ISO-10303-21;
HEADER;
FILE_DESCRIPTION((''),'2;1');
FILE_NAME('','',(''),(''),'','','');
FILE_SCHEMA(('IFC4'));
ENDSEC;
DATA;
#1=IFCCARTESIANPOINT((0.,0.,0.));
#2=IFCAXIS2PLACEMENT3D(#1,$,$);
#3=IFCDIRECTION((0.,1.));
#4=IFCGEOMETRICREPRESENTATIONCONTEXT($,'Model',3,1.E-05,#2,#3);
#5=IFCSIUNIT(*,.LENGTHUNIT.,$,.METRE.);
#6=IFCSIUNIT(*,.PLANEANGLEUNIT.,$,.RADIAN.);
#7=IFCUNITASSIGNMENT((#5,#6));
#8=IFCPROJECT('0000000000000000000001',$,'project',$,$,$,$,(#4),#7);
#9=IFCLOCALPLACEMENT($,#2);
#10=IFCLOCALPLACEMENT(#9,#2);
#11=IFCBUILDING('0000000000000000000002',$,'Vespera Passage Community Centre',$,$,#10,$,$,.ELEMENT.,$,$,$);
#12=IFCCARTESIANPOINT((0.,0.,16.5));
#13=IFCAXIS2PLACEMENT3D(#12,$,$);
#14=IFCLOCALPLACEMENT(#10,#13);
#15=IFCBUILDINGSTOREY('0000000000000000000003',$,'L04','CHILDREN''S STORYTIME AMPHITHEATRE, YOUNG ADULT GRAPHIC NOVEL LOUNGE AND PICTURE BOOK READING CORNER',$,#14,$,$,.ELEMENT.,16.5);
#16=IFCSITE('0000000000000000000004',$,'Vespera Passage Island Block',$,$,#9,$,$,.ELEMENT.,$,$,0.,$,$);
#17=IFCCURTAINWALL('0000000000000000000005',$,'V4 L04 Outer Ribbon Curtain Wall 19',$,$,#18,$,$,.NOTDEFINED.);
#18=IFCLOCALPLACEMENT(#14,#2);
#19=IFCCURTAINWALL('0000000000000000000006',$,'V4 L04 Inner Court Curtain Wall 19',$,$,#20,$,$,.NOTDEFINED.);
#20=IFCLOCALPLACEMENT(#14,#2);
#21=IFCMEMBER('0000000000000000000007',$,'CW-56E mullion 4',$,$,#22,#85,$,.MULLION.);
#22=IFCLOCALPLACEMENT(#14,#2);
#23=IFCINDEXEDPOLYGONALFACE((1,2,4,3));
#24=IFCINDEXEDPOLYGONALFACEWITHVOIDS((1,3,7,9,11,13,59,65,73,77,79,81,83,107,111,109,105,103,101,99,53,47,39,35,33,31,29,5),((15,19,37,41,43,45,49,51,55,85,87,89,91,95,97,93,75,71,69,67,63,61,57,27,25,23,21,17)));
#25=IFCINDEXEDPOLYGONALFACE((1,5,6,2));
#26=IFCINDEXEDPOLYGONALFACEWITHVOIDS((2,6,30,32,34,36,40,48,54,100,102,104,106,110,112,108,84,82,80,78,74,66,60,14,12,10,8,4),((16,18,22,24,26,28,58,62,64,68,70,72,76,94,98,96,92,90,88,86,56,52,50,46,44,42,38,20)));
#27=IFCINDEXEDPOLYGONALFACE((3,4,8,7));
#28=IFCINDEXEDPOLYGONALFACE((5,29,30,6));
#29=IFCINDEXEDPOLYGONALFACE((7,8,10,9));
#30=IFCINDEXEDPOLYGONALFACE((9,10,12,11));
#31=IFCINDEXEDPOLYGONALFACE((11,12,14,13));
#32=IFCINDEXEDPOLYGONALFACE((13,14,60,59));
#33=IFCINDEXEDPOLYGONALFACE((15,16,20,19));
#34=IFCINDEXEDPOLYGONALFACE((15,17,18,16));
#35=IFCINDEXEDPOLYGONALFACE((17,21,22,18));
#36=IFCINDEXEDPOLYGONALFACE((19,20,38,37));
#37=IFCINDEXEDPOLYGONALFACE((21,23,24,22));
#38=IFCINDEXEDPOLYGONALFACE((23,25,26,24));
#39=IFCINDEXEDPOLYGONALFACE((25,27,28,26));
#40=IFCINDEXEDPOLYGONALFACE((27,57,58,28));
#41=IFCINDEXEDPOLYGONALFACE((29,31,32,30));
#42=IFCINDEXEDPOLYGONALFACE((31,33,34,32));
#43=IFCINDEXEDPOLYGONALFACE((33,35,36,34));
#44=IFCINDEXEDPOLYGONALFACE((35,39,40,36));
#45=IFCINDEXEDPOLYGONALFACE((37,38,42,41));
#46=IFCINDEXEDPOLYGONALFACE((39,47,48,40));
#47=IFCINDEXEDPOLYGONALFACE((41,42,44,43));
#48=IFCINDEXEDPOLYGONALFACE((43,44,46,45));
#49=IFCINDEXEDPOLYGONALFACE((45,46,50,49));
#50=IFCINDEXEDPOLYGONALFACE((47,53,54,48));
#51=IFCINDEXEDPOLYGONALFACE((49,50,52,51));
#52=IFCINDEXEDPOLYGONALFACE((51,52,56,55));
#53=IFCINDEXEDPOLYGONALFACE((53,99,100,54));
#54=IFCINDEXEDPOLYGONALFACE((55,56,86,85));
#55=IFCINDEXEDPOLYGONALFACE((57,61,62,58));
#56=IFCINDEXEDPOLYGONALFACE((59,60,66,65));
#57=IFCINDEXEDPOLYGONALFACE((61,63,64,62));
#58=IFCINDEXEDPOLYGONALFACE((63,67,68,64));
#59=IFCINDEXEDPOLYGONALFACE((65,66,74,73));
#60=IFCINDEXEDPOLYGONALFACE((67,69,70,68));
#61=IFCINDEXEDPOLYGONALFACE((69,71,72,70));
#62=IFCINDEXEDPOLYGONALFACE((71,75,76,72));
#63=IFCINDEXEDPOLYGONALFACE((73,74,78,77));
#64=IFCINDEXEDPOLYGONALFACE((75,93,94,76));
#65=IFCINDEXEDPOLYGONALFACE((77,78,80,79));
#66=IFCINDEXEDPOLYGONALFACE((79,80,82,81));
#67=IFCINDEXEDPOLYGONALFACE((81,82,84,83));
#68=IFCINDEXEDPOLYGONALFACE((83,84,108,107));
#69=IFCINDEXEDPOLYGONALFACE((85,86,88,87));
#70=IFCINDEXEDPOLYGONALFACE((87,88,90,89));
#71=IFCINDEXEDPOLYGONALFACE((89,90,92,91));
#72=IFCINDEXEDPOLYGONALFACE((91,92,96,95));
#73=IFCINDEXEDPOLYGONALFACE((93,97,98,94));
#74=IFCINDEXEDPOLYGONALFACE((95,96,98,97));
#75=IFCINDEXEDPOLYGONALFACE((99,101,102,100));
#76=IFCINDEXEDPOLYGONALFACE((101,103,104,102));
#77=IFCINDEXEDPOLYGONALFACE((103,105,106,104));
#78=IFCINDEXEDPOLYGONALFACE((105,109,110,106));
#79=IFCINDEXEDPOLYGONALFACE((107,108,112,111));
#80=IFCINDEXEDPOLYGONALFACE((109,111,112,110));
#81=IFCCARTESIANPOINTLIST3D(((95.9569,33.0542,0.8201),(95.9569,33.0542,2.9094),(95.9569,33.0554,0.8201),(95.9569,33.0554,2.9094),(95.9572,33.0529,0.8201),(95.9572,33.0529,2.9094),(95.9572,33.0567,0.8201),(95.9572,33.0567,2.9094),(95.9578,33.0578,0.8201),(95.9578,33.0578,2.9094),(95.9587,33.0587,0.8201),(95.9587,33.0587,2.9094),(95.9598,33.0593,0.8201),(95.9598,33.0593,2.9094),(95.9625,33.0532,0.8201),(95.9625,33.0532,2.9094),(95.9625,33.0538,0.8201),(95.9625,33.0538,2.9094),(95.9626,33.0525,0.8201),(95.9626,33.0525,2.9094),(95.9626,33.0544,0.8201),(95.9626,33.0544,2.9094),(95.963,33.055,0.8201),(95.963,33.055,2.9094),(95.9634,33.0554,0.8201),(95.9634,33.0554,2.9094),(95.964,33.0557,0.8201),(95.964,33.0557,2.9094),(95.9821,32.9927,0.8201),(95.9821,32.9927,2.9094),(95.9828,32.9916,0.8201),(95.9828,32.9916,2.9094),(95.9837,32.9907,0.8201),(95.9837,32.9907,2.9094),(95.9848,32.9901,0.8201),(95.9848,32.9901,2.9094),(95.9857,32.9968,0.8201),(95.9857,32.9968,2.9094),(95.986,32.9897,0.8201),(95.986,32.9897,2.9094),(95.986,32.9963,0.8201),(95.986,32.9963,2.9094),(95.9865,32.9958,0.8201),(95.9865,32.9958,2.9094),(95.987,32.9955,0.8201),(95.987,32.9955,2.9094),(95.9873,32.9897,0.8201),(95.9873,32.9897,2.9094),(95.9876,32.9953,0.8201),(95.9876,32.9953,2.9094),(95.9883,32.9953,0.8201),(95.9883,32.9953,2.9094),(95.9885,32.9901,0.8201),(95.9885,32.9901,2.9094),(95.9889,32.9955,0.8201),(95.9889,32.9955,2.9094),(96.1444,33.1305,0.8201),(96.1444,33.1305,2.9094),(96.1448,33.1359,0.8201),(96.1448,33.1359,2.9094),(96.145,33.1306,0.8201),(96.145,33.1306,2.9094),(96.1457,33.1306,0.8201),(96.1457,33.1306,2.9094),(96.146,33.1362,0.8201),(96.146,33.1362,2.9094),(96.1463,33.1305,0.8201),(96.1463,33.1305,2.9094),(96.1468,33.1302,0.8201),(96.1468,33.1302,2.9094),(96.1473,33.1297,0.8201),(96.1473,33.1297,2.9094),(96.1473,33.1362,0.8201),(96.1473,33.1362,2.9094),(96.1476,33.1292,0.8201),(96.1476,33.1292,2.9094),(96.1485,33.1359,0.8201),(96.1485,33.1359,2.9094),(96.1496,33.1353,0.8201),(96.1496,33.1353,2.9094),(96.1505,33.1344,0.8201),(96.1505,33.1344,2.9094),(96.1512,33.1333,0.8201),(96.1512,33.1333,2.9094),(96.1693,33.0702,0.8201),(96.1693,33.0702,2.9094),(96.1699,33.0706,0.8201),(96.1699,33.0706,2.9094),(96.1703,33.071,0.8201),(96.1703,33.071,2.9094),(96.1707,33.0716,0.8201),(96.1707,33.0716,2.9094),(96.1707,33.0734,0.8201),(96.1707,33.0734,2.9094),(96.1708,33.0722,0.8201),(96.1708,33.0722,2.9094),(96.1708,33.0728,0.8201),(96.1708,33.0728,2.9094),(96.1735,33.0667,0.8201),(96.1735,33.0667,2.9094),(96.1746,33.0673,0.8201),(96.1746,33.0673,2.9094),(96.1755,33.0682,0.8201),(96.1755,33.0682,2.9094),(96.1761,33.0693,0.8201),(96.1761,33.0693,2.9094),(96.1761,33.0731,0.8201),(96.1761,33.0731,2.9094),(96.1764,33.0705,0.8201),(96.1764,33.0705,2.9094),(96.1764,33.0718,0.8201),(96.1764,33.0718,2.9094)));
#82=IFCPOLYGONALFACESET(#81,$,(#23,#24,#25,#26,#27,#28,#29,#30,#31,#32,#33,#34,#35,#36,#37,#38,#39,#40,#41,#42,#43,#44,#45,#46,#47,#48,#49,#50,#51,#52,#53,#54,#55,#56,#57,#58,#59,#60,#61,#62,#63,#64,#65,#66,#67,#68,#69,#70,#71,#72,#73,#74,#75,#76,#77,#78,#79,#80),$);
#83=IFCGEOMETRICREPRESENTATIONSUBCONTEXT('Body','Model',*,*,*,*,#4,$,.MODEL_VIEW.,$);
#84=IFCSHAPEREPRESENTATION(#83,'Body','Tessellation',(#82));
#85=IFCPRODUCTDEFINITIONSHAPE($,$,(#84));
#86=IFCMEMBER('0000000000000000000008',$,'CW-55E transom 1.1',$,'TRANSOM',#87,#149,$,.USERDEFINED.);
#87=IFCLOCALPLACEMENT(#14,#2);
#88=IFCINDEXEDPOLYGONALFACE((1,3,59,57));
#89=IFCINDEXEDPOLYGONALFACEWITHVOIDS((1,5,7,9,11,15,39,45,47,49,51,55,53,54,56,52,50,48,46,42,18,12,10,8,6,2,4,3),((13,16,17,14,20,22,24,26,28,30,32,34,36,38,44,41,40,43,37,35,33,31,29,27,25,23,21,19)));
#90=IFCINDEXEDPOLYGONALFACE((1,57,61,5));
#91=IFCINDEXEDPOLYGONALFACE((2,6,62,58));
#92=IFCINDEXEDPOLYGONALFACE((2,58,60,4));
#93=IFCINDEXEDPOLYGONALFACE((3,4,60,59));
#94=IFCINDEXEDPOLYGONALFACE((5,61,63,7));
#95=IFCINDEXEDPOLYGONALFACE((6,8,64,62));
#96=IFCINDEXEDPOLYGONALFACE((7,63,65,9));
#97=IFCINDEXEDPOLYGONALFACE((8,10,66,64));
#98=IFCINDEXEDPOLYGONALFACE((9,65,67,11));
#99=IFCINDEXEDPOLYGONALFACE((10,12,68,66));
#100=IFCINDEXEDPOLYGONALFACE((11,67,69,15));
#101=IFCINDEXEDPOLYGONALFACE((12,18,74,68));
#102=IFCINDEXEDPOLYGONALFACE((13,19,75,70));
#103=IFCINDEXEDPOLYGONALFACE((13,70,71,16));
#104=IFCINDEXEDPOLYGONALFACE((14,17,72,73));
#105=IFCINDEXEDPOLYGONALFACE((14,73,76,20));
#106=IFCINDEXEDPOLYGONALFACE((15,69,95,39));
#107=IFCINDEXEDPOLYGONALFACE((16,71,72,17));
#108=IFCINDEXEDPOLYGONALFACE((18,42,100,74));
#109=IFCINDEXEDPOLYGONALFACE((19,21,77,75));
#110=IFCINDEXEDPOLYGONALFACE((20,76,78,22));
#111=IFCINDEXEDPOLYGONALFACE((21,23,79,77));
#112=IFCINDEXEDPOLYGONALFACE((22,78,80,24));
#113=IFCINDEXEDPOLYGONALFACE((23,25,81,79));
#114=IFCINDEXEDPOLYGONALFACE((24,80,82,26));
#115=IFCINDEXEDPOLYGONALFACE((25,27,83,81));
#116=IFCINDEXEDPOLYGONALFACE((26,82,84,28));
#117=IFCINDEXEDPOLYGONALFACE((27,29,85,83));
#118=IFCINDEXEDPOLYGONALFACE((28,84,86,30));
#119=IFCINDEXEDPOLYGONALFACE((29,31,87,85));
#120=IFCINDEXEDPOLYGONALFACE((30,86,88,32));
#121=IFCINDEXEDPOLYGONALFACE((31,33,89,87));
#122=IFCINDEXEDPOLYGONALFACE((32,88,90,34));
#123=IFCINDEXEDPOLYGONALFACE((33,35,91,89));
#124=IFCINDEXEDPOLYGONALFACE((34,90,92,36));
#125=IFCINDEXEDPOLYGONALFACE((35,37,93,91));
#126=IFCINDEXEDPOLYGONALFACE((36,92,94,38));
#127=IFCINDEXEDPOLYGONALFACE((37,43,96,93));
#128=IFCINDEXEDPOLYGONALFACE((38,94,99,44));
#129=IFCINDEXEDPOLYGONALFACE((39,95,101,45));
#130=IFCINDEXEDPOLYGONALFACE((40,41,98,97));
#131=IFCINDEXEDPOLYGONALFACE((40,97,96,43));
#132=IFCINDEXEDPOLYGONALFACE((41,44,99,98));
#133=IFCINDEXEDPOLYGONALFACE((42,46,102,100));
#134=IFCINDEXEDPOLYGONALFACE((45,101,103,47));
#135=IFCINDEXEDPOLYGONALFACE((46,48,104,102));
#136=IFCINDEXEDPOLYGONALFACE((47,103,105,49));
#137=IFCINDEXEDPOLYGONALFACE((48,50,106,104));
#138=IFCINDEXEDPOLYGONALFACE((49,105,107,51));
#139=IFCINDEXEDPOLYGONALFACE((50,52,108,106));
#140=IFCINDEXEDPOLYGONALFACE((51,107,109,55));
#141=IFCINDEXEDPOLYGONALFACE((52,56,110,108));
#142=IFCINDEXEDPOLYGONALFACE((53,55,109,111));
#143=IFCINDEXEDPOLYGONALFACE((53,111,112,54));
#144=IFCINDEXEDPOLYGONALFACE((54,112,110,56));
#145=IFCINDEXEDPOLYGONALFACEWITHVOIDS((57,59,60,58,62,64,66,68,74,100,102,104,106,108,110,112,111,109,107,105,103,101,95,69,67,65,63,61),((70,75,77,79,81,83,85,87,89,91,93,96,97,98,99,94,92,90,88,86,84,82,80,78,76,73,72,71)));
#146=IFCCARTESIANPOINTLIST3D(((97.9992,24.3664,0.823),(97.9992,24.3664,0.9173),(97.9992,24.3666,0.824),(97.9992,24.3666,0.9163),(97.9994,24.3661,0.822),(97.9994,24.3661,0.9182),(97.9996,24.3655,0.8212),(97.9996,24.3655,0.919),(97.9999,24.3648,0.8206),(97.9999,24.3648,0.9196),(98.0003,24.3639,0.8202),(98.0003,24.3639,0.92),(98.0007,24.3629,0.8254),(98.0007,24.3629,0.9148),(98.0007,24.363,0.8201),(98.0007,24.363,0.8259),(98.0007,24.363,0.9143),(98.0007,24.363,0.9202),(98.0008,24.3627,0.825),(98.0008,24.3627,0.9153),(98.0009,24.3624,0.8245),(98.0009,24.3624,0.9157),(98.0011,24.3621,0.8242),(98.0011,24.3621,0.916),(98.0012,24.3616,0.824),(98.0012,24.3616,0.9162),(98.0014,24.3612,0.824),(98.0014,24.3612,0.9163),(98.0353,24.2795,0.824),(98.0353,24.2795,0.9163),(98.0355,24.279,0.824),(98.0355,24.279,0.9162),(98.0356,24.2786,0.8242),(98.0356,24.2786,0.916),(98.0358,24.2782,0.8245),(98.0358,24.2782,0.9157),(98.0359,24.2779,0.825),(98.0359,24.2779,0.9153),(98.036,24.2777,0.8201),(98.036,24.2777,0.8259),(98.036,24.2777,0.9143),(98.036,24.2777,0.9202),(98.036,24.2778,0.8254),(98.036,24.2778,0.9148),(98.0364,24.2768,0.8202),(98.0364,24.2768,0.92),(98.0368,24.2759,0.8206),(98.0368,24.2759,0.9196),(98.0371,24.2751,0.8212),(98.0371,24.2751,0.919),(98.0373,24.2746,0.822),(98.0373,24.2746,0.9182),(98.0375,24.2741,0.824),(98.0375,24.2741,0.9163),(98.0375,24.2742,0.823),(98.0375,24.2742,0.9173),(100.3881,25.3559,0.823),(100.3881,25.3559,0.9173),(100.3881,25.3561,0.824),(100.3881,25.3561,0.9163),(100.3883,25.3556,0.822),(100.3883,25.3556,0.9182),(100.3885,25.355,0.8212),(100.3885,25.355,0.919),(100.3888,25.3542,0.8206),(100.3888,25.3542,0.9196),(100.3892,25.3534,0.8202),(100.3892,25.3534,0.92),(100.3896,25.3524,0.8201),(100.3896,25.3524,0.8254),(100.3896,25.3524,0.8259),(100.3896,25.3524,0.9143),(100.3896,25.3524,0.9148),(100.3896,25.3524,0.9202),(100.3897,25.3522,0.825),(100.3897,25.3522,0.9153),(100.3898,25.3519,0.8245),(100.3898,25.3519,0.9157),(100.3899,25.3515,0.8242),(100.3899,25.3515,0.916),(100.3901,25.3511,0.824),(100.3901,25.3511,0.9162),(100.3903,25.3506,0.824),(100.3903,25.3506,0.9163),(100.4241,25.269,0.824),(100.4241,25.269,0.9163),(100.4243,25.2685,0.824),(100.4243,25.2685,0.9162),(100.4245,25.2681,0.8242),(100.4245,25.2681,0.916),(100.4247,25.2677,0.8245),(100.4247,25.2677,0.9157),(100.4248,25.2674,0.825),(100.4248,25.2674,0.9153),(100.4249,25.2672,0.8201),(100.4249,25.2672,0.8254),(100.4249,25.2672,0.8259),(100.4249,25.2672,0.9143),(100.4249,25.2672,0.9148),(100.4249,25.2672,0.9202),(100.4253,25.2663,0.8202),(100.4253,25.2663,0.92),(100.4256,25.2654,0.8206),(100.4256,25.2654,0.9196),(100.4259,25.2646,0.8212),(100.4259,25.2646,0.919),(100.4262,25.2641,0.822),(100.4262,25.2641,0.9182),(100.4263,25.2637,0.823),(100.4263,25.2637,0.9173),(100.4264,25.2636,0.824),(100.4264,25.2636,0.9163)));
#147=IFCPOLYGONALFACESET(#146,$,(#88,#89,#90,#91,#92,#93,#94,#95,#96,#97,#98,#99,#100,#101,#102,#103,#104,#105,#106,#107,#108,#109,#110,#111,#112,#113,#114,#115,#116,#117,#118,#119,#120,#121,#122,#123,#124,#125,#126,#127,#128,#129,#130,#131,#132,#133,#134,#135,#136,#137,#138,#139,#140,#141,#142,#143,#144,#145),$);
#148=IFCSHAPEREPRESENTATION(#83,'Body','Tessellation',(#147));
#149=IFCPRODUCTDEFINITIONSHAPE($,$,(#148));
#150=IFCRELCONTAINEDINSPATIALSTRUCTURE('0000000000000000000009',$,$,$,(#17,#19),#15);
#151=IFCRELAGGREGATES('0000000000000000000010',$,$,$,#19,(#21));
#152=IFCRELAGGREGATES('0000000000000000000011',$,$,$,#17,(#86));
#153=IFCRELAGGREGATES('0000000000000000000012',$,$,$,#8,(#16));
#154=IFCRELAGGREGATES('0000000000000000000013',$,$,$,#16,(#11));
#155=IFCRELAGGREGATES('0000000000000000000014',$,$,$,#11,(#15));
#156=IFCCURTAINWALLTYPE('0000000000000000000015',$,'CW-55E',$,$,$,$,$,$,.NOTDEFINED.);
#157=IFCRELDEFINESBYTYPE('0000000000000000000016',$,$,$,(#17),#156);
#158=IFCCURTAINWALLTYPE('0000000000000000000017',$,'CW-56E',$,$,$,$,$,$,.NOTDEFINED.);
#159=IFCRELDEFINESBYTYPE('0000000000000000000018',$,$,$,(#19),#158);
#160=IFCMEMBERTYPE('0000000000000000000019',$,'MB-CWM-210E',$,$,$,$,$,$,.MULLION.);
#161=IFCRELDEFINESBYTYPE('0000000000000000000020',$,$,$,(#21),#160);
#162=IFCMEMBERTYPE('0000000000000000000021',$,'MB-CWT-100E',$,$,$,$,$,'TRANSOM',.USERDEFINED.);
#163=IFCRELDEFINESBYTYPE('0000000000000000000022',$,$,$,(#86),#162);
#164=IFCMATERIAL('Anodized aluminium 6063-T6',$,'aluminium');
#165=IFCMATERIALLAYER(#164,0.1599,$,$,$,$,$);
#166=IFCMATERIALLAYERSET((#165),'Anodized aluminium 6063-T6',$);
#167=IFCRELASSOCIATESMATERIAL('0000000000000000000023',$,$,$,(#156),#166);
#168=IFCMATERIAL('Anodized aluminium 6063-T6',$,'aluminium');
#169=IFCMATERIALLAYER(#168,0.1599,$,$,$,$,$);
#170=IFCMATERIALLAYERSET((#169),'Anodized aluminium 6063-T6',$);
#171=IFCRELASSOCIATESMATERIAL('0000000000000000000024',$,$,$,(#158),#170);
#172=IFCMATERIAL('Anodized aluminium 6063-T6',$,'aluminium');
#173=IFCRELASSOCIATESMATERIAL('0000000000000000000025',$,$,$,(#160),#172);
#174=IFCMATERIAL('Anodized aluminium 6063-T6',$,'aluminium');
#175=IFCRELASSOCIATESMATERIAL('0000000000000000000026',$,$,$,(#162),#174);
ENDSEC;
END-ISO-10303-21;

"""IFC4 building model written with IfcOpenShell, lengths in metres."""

from ifc_helpers import new_model, si_unit, direction, frame, origin, origin_2d, place, context, subcontext, project, spatial, hollow_rectangle, extrude, material, layer, layer_set, material_profile, profile_set, type_object, element, aggregate, save


model = new_model("IFC4")

# Units and contexts
model_context = context("Model", 3, precision=1e-05, world=origin(), true_north=direction((0.0, 1.0)))
body_context = subcontext(model_context, "Body", "Model", "MODEL_VIEW")
ifc_project = project(units=[si_unit("LENGTHUNIT", "METRE"), si_unit("PLANEANGLEUNIT", "RADIAN")], contexts=[model_context])

# Site, building, storey
site_placement = place(None, origin())
site = spatial("IfcSite", under=ifc_project, at=site_placement, Name="Vespera Passage Island Block", CompositionType="ELEMENT", RefElevation=0.0)
building_placement = place(site_placement, origin())
building = spatial("IfcBuilding", under=site, at=building_placement, Name="Vespera Passage Community Centre", CompositionType="ELEMENT")
storey_placement = place(building_placement, frame((0.0, 0.0, 16.5)))
storey = spatial("IfcBuildingStorey", under=building, at=storey_placement, Name="L04", Description="CHILDREN'S STORYTIME AMPHITHEATRE, YOUNG ADULT GRAPHIC NOVEL LOUNGE AND PICTURE BOOK READING CORNER", CompositionType="ELEMENT", Elevation=16.5)

# Curtain wall
ifc_material_1 = material(Name="Anodized aluminium 6063-T6", Category="aluminium")
ifc_layer_1 = layer(ifc_material_1, 0.1599)
ifc_layer_set_1 = layer_set([ifc_layer_1], Name="Anodized aluminium 6063-T6")
curtain_wall_type_1 = type_object("IfcCurtainWallType", Name="CW-55E", PredefinedType="NOTDEFINED", material=ifc_layer_set_1)
curtain_wall_1_placement = place(storey_placement, origin())
curtain_wall_1 = element("IfcCurtainWall", 1, at=curtain_wall_1_placement, inside=storey, type_object=curtain_wall_type_1, Name="V4 L04 Outer Ribbon Curtain Wall 19", PredefinedType="NOTDEFINED")

# Curtain wall, member
ifc_material_2 = material(Name="Anodized aluminium 6063-T6", Category="aluminium")
ifc_layer_2 = layer(ifc_material_2, 0.1599)
ifc_layer_set_2 = layer_set([ifc_layer_2], Name="Anodized aluminium 6063-T6")
curtain_wall_type_2 = type_object("IfcCurtainWallType", Name="CW-56E", PredefinedType="NOTDEFINED", material=ifc_layer_set_2)
curtain_wall_2_placement = place(storey_placement, origin())
curtain_wall_2 = element("IfcCurtainWall", 2, at=curtain_wall_2_placement, inside=storey, type_object=curtain_wall_type_2, Name="V4 L04 Inner Court Curtain Wall 19", PredefinedType="NOTDEFINED")
ifc_material_3 = material(Name="Anodized aluminium 6063-T6", Category="aluminium")
ifc_material_profile_1 = material_profile(ifc_material_3, hollow_rectangle(XDim=0.075, YDim=0.21, WallThickness=0.0049, InnerFilletRadius=0.0024, OuterFilletRadius=0.0049, at=origin_2d()), Name="ALU210X75X5")
ifc_profile_set_1 = profile_set([ifc_material_profile_1], Name="Anodized aluminium 6063-T6")
member_type_1 = type_object("IfcMemberType", Name="MB-CWM-210E", PredefinedType="MULLION", material=ifc_profile_set_1)
member_1_placement = place(storey_placement, frame((96.0667, 33.063, 0.8201), z_axis=(0.0, 0.0, 1.0), x_axis=(-0.38269, 0.923877, 0.0)))
member_1 = element("IfcMember", 3, at=member_1_placement, type_object=member_type_1, Name="CW-56E mullion 4", PredefinedType="MULLION", context=body_context, shape_type="SweptSolid", body=[
    extrude(hollow_rectangle(XDim=0.075, YDim=0.21, WallThickness=0.0049, InnerFilletRadius=0.0024, OuterFilletRadius=0.0049, at=origin_2d()), origin(), (0.0, 0.0, 1.0), 2.0894),
])
aggregate(curtain_wall_2, [member_1])

# Member
ifc_material_4 = material(Name="Anodized aluminium 6063-T6", Category="aluminium")
ifc_material_profile_2 = material_profile(ifc_material_4, hollow_rectangle(XDim=0.1001, YDim=0.1001, WallThickness=0.0039, InnerFilletRadius=0.002, OuterFilletRadius=0.0039, at=origin_2d()), Name="ALU100X100X4")
ifc_profile_set_2 = profile_set([ifc_material_profile_2], Name="Anodized aluminium 6063-T6")
member_type_2 = type_object("IfcMemberType", Name="MB-CWT-100E", ElementType="TRANSOM", PredefinedType="USERDEFINED", material=ifc_profile_set_2)
member_2_placement = place(storey_placement, frame((100.4072, 25.3098, 0.8701), z_axis=(-0.923882, -0.382677, 0.0), x_axis=(0.382677, -0.923882, 0.0)))
member_2 = element("IfcMember", 4, at=member_2_placement, type_object=member_type_2, Name="CW-55E transom 1.1", ObjectType="TRANSOM", PredefinedType="USERDEFINED", context=body_context, shape_type="SweptSolid", body=[
    extrude(hollow_rectangle(XDim=0.1001, YDim=0.1001, WallThickness=0.0039, InnerFilletRadius=0.002, OuterFilletRadius=0.0039, at=origin_2d()), origin(), (0.0, 0.0, 1.0), 2.5857),
])

aggregate(curtain_wall_1, [member_2])

save(model, "model.ifc")
